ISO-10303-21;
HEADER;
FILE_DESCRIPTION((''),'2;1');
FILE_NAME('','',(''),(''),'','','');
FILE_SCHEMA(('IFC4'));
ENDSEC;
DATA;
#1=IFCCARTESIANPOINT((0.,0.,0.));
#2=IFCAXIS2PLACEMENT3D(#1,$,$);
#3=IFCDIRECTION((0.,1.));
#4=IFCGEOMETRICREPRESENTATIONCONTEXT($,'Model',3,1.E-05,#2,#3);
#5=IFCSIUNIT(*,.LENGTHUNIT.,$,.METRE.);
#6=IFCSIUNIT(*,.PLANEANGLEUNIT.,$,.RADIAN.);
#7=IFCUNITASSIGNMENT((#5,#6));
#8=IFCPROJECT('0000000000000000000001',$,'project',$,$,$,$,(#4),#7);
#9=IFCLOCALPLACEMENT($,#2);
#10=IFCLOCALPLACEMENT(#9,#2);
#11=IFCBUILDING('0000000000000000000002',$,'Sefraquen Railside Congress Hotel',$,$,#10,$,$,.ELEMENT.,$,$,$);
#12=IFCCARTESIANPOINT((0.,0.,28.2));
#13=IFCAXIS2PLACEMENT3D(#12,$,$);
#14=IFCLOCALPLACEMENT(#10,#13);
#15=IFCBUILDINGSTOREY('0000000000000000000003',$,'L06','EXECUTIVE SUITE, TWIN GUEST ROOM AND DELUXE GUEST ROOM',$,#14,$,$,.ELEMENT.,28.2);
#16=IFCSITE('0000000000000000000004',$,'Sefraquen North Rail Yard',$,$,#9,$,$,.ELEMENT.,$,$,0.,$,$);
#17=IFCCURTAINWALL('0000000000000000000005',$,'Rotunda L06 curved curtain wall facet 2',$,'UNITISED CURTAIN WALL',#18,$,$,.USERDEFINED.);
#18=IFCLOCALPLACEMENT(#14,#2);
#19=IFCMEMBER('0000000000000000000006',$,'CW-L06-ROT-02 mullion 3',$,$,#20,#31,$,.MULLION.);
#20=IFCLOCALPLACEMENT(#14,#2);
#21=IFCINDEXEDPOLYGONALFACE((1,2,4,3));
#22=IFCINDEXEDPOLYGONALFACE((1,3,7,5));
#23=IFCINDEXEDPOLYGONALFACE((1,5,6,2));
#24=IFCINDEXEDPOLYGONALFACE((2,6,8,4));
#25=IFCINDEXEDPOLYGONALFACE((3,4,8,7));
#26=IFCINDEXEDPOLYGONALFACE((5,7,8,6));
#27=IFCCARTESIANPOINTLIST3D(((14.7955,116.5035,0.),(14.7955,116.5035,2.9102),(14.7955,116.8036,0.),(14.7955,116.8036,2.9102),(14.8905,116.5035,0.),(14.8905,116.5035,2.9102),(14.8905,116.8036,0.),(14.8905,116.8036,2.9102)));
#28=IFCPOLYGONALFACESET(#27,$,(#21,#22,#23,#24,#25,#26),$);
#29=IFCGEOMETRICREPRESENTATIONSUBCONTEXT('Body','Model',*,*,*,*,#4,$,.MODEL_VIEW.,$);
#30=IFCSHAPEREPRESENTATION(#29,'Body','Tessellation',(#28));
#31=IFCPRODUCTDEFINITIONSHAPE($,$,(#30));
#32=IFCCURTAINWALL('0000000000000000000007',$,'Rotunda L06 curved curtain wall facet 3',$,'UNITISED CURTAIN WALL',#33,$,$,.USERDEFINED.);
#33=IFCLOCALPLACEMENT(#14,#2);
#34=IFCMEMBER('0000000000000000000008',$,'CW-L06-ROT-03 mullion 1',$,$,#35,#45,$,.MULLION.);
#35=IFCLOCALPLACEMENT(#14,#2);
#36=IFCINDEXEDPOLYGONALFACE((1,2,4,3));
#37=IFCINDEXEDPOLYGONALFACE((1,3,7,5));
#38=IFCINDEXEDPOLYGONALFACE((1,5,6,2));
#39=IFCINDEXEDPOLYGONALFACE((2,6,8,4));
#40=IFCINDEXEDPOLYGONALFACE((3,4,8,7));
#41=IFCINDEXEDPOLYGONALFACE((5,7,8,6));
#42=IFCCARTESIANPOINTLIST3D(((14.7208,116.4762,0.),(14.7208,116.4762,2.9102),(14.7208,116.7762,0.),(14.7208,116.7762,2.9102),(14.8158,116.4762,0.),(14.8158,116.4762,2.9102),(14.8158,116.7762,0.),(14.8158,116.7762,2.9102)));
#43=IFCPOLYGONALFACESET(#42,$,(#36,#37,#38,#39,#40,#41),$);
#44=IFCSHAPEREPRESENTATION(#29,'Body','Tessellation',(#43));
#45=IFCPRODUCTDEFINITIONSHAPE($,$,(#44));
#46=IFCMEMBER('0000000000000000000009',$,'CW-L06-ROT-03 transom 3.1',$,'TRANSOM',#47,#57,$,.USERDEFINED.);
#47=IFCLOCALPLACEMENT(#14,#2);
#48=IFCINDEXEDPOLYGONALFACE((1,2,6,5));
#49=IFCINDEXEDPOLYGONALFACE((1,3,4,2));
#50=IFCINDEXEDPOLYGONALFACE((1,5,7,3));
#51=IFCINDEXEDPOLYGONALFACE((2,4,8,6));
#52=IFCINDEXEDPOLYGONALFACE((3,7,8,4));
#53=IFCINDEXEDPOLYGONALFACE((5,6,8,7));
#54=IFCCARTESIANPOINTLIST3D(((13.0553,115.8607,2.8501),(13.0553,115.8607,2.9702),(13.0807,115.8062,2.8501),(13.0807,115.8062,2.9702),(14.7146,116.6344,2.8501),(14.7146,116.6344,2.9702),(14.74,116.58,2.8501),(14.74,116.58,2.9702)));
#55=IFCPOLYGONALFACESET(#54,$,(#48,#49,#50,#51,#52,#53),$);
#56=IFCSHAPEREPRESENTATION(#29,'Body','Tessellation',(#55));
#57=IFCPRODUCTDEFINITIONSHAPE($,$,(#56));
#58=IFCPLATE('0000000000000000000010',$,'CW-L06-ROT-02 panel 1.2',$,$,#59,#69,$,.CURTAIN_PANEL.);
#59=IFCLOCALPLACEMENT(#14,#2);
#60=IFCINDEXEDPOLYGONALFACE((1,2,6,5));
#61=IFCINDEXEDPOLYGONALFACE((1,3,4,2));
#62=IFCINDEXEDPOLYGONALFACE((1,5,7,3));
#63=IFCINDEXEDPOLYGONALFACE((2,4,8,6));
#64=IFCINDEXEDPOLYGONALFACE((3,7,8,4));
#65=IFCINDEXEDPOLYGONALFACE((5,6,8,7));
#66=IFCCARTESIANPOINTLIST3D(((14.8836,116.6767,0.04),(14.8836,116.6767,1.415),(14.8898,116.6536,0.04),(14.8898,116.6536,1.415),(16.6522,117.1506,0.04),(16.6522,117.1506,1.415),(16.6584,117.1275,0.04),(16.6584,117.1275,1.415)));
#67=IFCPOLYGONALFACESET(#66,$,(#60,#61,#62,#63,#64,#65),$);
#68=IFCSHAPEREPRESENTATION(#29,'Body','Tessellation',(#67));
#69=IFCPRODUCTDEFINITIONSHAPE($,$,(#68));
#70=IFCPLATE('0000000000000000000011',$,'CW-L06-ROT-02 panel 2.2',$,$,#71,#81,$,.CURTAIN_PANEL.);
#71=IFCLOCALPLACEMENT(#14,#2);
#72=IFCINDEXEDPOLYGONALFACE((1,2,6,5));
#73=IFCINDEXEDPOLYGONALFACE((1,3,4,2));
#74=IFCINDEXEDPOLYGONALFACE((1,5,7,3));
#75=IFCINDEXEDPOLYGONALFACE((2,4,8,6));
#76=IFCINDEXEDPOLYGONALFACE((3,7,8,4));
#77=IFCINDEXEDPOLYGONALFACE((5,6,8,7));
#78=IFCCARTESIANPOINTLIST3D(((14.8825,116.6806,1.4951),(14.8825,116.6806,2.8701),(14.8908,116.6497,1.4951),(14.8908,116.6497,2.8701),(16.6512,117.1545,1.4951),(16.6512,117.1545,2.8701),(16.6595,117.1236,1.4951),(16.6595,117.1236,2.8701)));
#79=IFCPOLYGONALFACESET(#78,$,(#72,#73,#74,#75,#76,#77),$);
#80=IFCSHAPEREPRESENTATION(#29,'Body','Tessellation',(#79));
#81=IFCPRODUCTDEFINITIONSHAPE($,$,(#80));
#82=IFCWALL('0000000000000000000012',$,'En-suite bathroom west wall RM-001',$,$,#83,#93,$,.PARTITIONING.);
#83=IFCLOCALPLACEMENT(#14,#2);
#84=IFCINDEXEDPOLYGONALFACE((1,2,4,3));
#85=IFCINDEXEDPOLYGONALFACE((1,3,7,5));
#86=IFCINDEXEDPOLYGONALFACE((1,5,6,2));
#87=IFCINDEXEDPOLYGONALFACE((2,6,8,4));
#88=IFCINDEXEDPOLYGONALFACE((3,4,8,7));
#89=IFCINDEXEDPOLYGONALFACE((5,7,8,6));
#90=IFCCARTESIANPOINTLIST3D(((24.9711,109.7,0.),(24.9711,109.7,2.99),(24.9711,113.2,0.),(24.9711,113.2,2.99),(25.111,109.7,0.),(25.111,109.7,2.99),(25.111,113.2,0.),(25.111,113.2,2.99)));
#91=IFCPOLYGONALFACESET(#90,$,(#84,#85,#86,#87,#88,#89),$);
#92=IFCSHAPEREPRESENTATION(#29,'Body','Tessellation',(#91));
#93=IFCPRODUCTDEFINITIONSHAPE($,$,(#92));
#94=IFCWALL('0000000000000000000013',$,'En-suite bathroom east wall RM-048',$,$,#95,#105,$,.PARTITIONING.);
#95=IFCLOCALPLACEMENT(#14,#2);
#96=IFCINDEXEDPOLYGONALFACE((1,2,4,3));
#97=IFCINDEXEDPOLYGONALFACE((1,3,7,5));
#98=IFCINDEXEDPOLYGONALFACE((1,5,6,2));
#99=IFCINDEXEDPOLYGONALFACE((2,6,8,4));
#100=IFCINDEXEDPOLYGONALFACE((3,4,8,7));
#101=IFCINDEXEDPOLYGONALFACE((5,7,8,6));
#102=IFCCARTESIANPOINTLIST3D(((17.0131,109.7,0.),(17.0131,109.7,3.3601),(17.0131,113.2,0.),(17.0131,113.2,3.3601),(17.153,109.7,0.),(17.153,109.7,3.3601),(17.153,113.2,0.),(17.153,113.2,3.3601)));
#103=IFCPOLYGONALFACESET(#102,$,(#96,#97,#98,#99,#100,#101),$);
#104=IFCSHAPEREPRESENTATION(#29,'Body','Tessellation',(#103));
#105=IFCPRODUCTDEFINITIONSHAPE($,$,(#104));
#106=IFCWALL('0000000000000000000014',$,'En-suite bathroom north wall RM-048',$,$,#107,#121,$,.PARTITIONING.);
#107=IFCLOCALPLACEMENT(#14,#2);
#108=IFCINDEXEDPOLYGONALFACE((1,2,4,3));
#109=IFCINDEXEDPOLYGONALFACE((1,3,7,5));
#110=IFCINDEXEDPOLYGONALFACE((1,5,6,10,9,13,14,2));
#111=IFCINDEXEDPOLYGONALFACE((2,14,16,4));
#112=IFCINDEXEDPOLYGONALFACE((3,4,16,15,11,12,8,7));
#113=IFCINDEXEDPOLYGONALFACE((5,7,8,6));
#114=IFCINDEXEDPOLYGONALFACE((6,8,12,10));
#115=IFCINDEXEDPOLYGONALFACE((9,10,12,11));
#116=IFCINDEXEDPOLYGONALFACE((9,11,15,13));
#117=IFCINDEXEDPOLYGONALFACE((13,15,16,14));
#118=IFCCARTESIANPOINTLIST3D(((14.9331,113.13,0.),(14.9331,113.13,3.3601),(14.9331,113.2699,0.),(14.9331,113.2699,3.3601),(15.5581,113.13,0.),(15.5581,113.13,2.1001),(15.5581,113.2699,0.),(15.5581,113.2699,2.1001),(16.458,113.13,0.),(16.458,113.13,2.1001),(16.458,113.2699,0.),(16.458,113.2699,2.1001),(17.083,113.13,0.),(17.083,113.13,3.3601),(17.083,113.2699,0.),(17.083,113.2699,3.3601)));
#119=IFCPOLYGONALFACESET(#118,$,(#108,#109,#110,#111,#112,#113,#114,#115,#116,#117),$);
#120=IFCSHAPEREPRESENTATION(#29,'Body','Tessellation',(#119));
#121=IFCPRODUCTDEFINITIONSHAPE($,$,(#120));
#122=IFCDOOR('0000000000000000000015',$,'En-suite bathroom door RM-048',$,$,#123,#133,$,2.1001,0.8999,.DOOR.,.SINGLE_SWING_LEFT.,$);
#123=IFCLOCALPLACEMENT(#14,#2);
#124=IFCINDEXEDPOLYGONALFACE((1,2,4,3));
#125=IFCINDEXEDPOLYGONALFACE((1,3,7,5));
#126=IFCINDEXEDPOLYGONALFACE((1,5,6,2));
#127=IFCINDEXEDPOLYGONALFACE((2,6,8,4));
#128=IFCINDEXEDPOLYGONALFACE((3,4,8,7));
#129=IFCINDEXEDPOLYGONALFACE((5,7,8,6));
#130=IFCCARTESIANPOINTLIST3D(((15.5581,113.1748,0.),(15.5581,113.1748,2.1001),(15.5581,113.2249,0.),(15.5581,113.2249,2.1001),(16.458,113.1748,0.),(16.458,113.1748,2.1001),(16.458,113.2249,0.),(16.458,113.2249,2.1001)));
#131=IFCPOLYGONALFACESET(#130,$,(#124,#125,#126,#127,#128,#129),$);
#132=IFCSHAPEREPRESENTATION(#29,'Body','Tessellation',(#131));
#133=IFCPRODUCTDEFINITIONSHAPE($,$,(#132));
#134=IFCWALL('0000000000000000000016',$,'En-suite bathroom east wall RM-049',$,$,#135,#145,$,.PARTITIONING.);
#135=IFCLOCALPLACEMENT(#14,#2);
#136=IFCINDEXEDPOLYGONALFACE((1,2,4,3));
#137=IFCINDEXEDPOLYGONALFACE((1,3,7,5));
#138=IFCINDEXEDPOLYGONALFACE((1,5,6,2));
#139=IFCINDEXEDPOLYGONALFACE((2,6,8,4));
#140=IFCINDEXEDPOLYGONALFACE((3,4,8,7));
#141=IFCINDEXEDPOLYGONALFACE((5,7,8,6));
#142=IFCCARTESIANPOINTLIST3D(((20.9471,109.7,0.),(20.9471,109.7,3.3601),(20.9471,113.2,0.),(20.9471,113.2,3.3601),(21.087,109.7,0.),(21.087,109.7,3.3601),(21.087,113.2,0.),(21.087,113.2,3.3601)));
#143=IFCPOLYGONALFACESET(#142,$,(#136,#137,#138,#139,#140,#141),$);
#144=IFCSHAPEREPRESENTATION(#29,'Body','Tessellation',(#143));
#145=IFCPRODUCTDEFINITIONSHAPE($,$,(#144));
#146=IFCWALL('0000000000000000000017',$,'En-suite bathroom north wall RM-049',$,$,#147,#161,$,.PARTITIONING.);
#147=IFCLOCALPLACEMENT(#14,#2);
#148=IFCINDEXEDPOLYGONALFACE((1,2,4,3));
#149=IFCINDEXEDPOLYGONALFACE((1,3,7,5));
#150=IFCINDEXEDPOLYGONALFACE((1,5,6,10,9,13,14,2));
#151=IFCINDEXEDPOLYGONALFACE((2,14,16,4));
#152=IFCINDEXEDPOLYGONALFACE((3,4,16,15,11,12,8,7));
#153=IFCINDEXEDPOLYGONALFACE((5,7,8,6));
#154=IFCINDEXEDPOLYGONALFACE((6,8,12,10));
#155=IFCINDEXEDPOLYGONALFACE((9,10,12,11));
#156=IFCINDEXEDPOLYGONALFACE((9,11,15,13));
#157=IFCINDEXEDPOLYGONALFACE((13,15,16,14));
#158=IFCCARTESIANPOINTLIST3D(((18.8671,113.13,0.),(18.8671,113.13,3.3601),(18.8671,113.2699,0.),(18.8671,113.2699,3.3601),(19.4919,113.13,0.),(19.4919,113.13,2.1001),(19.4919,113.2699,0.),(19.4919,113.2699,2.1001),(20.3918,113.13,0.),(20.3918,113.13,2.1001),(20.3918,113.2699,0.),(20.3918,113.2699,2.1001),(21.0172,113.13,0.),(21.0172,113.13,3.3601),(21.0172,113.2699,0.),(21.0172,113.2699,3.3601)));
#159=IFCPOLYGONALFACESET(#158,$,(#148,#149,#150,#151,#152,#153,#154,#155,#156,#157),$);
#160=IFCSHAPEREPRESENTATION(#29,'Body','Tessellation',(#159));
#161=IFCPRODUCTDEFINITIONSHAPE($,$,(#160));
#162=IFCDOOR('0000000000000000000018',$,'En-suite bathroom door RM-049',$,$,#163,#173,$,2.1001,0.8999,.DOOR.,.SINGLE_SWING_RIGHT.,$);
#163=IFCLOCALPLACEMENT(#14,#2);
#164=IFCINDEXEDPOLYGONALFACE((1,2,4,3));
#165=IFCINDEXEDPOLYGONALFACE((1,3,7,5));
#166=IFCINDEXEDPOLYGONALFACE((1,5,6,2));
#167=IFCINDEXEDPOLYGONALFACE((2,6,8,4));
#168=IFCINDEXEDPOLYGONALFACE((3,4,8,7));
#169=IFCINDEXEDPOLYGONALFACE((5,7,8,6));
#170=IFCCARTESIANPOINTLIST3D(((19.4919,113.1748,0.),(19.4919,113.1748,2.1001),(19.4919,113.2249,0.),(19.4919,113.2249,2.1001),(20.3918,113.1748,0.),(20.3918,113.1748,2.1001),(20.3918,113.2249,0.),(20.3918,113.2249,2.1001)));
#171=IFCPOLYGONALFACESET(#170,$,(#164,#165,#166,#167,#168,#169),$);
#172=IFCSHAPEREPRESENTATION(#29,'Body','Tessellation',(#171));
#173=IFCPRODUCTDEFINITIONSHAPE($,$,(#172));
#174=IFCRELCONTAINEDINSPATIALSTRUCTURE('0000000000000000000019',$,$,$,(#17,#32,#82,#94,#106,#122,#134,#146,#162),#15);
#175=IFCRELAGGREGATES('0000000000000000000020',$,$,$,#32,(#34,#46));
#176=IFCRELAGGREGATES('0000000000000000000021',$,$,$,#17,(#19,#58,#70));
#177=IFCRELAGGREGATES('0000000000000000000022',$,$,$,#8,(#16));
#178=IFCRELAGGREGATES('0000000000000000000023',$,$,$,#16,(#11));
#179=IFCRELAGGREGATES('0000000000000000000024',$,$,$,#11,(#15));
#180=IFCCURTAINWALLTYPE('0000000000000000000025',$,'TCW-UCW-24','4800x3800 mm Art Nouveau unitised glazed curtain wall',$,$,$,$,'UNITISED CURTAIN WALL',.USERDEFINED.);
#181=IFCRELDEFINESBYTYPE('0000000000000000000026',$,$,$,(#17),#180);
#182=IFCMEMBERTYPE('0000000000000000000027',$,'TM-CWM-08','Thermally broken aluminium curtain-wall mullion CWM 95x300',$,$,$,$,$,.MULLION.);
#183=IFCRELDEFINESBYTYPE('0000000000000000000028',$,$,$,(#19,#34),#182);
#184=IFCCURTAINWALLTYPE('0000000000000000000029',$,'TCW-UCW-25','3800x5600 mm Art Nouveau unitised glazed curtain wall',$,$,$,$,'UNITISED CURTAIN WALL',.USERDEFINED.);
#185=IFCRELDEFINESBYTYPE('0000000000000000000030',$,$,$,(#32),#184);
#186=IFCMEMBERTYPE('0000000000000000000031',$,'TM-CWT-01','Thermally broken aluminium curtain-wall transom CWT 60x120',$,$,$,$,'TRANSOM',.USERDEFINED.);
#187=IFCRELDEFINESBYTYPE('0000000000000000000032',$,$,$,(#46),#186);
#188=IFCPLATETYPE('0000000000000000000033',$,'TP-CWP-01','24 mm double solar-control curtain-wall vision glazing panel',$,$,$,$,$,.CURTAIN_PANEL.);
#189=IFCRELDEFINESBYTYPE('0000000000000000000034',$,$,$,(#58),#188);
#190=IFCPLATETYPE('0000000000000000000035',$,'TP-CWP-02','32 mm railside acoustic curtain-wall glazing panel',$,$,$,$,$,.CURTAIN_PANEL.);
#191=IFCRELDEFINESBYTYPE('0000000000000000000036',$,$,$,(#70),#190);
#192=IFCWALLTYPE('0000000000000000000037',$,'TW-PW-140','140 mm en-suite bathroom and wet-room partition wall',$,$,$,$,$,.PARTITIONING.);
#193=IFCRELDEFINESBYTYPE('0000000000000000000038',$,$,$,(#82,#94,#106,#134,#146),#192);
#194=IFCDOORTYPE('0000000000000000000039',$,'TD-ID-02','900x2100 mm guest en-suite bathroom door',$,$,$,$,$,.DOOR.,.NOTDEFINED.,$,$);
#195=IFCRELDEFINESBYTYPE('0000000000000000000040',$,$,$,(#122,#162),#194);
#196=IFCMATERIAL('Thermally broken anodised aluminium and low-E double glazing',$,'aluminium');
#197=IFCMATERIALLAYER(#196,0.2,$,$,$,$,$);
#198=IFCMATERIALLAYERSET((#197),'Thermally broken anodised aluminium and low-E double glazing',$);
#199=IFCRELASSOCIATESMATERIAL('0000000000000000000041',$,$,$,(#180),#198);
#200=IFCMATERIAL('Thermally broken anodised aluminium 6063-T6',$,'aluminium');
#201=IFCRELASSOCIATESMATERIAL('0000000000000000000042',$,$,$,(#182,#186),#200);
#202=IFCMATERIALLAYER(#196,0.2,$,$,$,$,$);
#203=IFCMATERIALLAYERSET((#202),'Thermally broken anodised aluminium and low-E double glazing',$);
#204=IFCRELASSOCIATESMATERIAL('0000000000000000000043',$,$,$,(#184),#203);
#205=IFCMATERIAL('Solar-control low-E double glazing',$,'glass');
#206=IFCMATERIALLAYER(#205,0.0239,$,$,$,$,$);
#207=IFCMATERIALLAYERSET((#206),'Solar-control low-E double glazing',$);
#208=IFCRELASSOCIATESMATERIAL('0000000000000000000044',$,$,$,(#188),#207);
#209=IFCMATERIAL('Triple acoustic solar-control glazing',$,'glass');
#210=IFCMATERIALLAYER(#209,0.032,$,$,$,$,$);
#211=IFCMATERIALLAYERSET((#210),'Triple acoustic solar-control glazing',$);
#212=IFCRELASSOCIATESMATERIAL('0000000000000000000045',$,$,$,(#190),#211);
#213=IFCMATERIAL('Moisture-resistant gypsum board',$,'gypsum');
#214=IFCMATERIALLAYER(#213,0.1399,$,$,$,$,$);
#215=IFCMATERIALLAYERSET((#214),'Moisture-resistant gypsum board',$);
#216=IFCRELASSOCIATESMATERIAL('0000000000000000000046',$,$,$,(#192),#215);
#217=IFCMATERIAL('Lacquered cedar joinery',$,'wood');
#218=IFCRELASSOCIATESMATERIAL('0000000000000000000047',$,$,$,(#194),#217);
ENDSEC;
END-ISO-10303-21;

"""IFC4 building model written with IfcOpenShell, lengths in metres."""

from ifc_helpers import new_model, si_unit, direction, frame, frame_2d, origin, origin_2d, place, context, subcontext, project, spatial, rectangle, extrude, material, layer, layer_set, material_profile, profile_set, type_object, element, fill, aggregate, save


model = new_model("IFC4")

# Units and contexts
model_context = context("Model", 3, precision=1e-05, world=origin(), true_north=direction((0.0, 1.0)))
body_context = subcontext(model_context, "Body", "Model", "MODEL_VIEW")
ifc_project = project(units=[si_unit("LENGTHUNIT", "METRE"), si_unit("PLANEANGLEUNIT", "RADIAN")], contexts=[model_context])

# Site, building, storey
site_placement = place(None, origin())
site = spatial("IfcSite", under=ifc_project, at=site_placement, Name="Sefraquen North Rail Yard", CompositionType="ELEMENT", RefElevation=0.0)
building_placement = place(site_placement, origin())
building = spatial("IfcBuilding", under=site, at=building_placement, Name="Sefraquen Railside Congress Hotel", CompositionType="ELEMENT")
storey_placement = place(building_placement, frame((0.0, 0.0, 28.2)))
storey = spatial("IfcBuildingStorey", under=building, at=storey_placement, Name="L06", Description="EXECUTIVE SUITE, TWIN GUEST ROOM AND DELUXE GUEST ROOM", CompositionType="ELEMENT", Elevation=28.2)

# Curtain wall, member
ifc_material_1 = material(Name="Thermally broken anodised aluminium and low-E double glazing", Category="aluminium")
ifc_layer_1 = layer(ifc_material_1, 0.2)
ifc_layer_set_1 = layer_set([ifc_layer_1], Name="Thermally broken anodised aluminium and low-E double glazing")
curtain_wall_type_1 = type_object("IfcCurtainWallType", Name="TCW-UCW-24", Description="4800x3800 mm Art Nouveau unitised glazed curtain wall", ElementType="UNITISED CURTAIN WALL", PredefinedType="USERDEFINED", material=ifc_layer_set_1)
curtain_wall_1_placement = place(storey_placement, origin())
curtain_wall_1 = element("IfcCurtainWall", 1, at=curtain_wall_1_placement, inside=storey, type_object=curtain_wall_type_1, Name="Rotunda L06 curved curtain wall facet 2", ObjectType="UNITISED CURTAIN WALL", PredefinedType="USERDEFINED")
ifc_material_2 = material(Name="Thermally broken anodised aluminium 6063-T6", Category="aluminium")
ifc_material_profile_1 = material_profile(ifc_material_2, rectangle(XDim=0.095, YDim=0.3, at=origin_2d()), Name="CWM 95x300")
ifc_profile_set_1 = profile_set([ifc_material_profile_1], Name="Thermally broken anodised aluminium 6063-T6")
member_type_1 = type_object("IfcMemberType", Name="TM-CWM-08", Description="Thermally broken aluminium curtain-wall mullion CWM 95x300", PredefinedType="MULLION", material=ifc_profile_set_1)
member_1_placement = place(storey_placement, frame((14.843, 116.6536, 0.0), z_axis=(0.0, 0.0, 1.0), x_axis=(1.0, 0.0, 0.0)))
member_1 = element("IfcMember", 2, at=member_1_placement, type_object=member_type_1, Name="CW-L06-ROT-02 mullion 3", PredefinedType="MULLION", context=body_context, shape_type="SweptSolid", body=[
    extrude(rectangle(XDim=0.095, YDim=0.3, at=origin_2d()), origin(), (0.0, 0.0, 1.0), 2.9102),
])

# Curtain wall, members
ifc_layer_2 = layer(ifc_material_1, 0.2)
ifc_layer_set_2 = layer_set([ifc_layer_2], Name="Thermally broken anodised aluminium and low-E double glazing")
curtain_wall_type_2 = type_object("IfcCurtainWallType", Name="TCW-UCW-25", Description="3800x5600 mm Art Nouveau unitised glazed curtain wall", ElementType="UNITISED CURTAIN WALL", PredefinedType="USERDEFINED", material=ifc_layer_set_2)
curtain_wall_2_placement = place(storey_placement, origin())
curtain_wall_2 = element("IfcCurtainWall", 3, at=curtain_wall_2_placement, inside=storey, type_object=curtain_wall_type_2, Name="Rotunda L06 curved curtain wall facet 3", ObjectType="UNITISED CURTAIN WALL", PredefinedType="USERDEFINED")
member_2_placement = place(storey_placement, frame((14.7683, 116.6262, 0.0), z_axis=(0.0, 0.0, 1.0), x_axis=(1.0, 0.0, 0.0)))
member_2 = element("IfcMember", 4, at=member_2_placement, type_object=member_type_1, Name="CW-L06-ROT-03 mullion 1", PredefinedType="MULLION", context=body_context, shape_type="SweptSolid", body=[
    extrude(rectangle(XDim=0.095, YDim=0.3, at=origin_2d()), origin(), (0.0, 0.0, 1.0), 2.9102),
])
ifc_material_profile_2 = material_profile(ifc_material_2, rectangle(XDim=0.0601, YDim=0.1201, at=origin_2d()), Name="CWT 60x120")
ifc_profile_set_2 = profile_set([ifc_material_profile_2], Name="Thermally broken anodised aluminium 6063-T6")
member_type_2 = type_object("IfcMemberType", Name="TM-CWT-01", Description="Thermally broken aluminium curtain-wall transom CWT 60x120", ElementType="TRANSOM", PredefinedType="USERDEFINED", material=ifc_profile_set_2)
member_3_placement = place(storey_placement, frame((14.7273, 116.6072, 2.9102), z_axis=(-0.906309, -0.422615, 0.0), x_axis=(0.422615, -0.906309, 0.0)))
member_3 = element("IfcMember", 5, at=member_3_placement, type_object=member_type_2, Name="CW-L06-ROT-03 transom 3.1", ObjectType="TRANSOM", PredefinedType="USERDEFINED", context=body_context, shape_type="SweptSolid", body=[
    extrude(rectangle(XDim=0.0601, YDim=0.1201, at=origin_2d()), origin(), (0.0, 0.0, 1.0), 1.8308),
])
aggregate(curtain_wall_2, [member_2, member_3])

# Plates
ifc_material_3 = material(Name="Solar-control low-E double glazing", Category="glass")
ifc_layer_3 = layer(ifc_material_3, 0.0239)
ifc_layer_set_3 = layer_set([ifc_layer_3], Name="Solar-control low-E double glazing")
plate_type_1 = type_object("IfcPlateType", Name="TP-CWP-01", Description="24 mm double solar-control curtain-wall vision glazing panel", PredefinedType="CURTAIN_PANEL", material=ifc_layer_set_3)
plate_1_placement = place(storey_placement, frame((15.771, 116.9021, 0.04), z_axis=(0.0, 0.0, 1.0), x_axis=(-0.965935, -0.258785, 0.0)))
plate_1 = element("IfcPlate", 6, at=plate_1_placement, type_object=plate_type_1, Name="CW-L06-ROT-02 panel 1.2", PredefinedType="CURTAIN_PANEL", context=body_context, shape_type="SweptSolid", body=[
    extrude(rectangle(XDim=1.8311, YDim=0.0239, at=origin_2d()), origin(), (0.0, 0.0, 1.0), 1.375),
])
ifc_material_4 = material(Name="Triple acoustic solar-control glazing", Category="glass")
ifc_layer_4 = layer(ifc_material_4, 0.032)
ifc_layer_set_4 = layer_set([ifc_layer_4], Name="Triple acoustic solar-control glazing")
plate_type_2 = type_object("IfcPlateType", Name="TP-CWP-02", Description="32 mm railside acoustic curtain-wall glazing panel", PredefinedType="CURTAIN_PANEL", material=ifc_layer_set_4)
plate_2_placement = place(storey_placement, frame((15.771, 116.9021, 1.4951), z_axis=(0.0, 0.0, 1.0), x_axis=(-0.965935, -0.258785, 0.0)))
plate_2 = element("IfcPlate", 7, at=plate_2_placement, type_object=plate_type_2, Name="CW-L06-ROT-02 panel 2.2", PredefinedType="CURTAIN_PANEL", context=body_context, shape_type="SweptSolid", body=[
    extrude(rectangle(XDim=1.8311, YDim=0.032, at=origin_2d()), origin(), (0.0, 0.0, 1.0), 1.375),
])
aggregate(curtain_wall_1, [member_1, plate_1, plate_2])

# Wall
ifc_material_5 = material(Name="Moisture-resistant gypsum board", Category="gypsum")
ifc_layer_5 = layer(ifc_material_5, 0.1399)
ifc_layer_set_5 = layer_set([ifc_layer_5], Name="Moisture-resistant gypsum board")
wall_type_1 = type_object("IfcWallType", Name="TW-PW-140", Description="140 mm en-suite bathroom and wet-room partition wall", PredefinedType="PARTITIONING", material=ifc_layer_set_5)
wall_1_placement = place(storey_placement, frame((25.041, 109.7, 0.0), z_axis=(0.0, 0.0, 1.0), x_axis=(0.0, 1.0, 0.0)))
element("IfcWall", 8, at=wall_1_placement, inside=storey, type_object=wall_type_1, Name="En-suite bathroom west wall RM-001", PredefinedType="PARTITIONING", context=body_context, shape_type="SweptSolid", body=[
    extrude(rectangle(XDim=3.5, YDim=0.1399, at=frame_2d((1.75, 0.0))), origin(), (0.0, 0.0, 1.0), 2.99),
])

# Shared definitions
ifc_material_6 = material(Name="Lacquered cedar joinery", Category="wood")

# Wall
wall_2_placement = place(storey_placement, frame((17.083, 109.7, 0.0), z_axis=(0.0, 0.0, 1.0), x_axis=(0.0, 1.0, 0.0)))
element("IfcWall", 9, at=wall_2_placement, inside=storey, type_object=wall_type_1, Name="En-suite bathroom east wall RM-048", PredefinedType="PARTITIONING", context=body_context, shape_type="SweptSolid", body=[
    extrude(rectangle(XDim=3.5, YDim=0.1399, at=frame_2d((1.75, 0.0))), origin(), (0.0, 0.0, 1.0), 3.3601),
])

# Wall, opening, door
wall_3_placement = place(storey_placement, frame((14.9331, 113.2, 0.0), z_axis=(0.0, 0.0, 1.0), x_axis=(1.0, 0.0, 0.0)))
wall_3 = element("IfcWall", 10, at=wall_3_placement, inside=storey, type_object=wall_type_1, Name="En-suite bathroom north wall RM-048", PredefinedType="PARTITIONING", context=body_context, shape_type="SweptSolid", body=[
    extrude(rectangle(XDim=2.1499, YDim=0.1399, at=frame_2d((1.075, 0.0))), origin(), (0.0, 0.0, 1.0), 3.3601),
])
opening_1_placement = place(wall_3_placement, frame((0.625, 0.0, 0.0)))
opening_1 = element("IfcOpeningElement", 11, at=opening_1_placement, cuts=wall_3, PredefinedType="OPENING", context=body_context, shape_type="SweptSolid", body=[
    extrude(rectangle(XDim=0.8999, YDim=2.1001, at=frame_2d((0.45, 1.05))), frame((0.0, 0.0798, 0.0), z_axis=(0.0, -1.0, 0.0), x_axis=(1.0, 0.0, 0.0)), (0.0, 0.0, 1.0), 0.1599),
])
door_type_1 = type_object("IfcDoorType", Name="TD-ID-02", Description="900x2100 mm guest en-suite bathroom door", OperationType="NOTDEFINED", PredefinedType="DOOR", material=ifc_material_6)
door_1_placement = place(opening_1_placement, origin())
door_1 = element("IfcDoor", 12, at=door_1_placement, inside=storey, type_object=door_type_1, Name="En-suite bathroom door RM-048", OperationType="SINGLE_SWING_LEFT", OverallHeight=2.1001, OverallWidth=0.8999, PredefinedType="DOOR", context=body_context, shape_type="SweptSolid", body=[
    extrude(rectangle(XDim=0.8999, YDim=2.1001, at=frame_2d((0.45, 1.05))), frame((0.0, 0.0249, 0.0), z_axis=(0.0, -1.0, 0.0), x_axis=(1.0, 0.0, 0.0)), (0.0, 0.0, 1.0), 0.05),
])
fill(opening_1, door_1)

# Wall
wall_4_placement = place(storey_placement, frame((21.0171, 109.7, 0.0), z_axis=(0.0, 0.0, 1.0), x_axis=(0.0, 1.0, 0.0)))
element("IfcWall", 13, at=wall_4_placement, inside=storey, type_object=wall_type_1, Name="En-suite bathroom east wall RM-049", PredefinedType="PARTITIONING", context=body_context, shape_type="SweptSolid", body=[
    extrude(rectangle(XDim=3.5, YDim=0.1399, at=frame_2d((1.75, 0.0))), origin(), (0.0, 0.0, 1.0), 3.3601),
])

# Wall, opening, door
wall_5_placement = place(storey_placement, frame((18.8669, 113.2, 0.0), z_axis=(0.0, 0.0, 1.0), x_axis=(1.0, 0.0, 0.0)))
wall_5 = element("IfcWall", 14, at=wall_5_placement, inside=storey, type_object=wall_type_1, Name="En-suite bathroom north wall RM-049", PredefinedType="PARTITIONING", context=body_context, shape_type="SweptSolid", body=[
    extrude(rectangle(XDim=2.1501, YDim=0.1399, at=frame_2d((1.0752, 0.0))), origin(), (0.0, 0.0, 1.0), 3.3601),
])
opening_2_placement = place(wall_5_placement, frame((0.625, 0.0, 0.0)))
opening_2 = element("IfcOpeningElement", 15, at=opening_2_placement, cuts=wall_5, PredefinedType="OPENING", context=body_context, shape_type="SweptSolid", body=[
    extrude(rectangle(XDim=0.8999, YDim=2.1001, at=frame_2d((0.45, 1.05))), frame((0.0, 0.0798, 0.0), z_axis=(0.0, -1.0, 0.0), x_axis=(1.0, 0.0, 0.0)), (0.0, 0.0, 1.0), 0.1599),
])
door_2_placement = place(opening_2_placement, origin())
door_2 = element("IfcDoor", 16, at=door_2_placement, inside=storey, type_object=door_type_1, Name="En-suite bathroom door RM-049", OperationType="SINGLE_SWING_RIGHT", OverallHeight=2.1001, OverallWidth=0.8999, PredefinedType="DOOR", context=body_context, shape_type="SweptSolid", body=[
    extrude(rectangle(XDim=0.8999, YDim=2.1001, at=frame_2d((0.45, 1.05))), frame((0.0, 0.0249, 0.0), z_axis=(0.0, -1.0, 0.0), x_axis=(1.0, 0.0, 0.0)), (0.0, 0.0, 1.0), 0.05),
])
fill(opening_2, door_2)

save(model, "model.ifc")
